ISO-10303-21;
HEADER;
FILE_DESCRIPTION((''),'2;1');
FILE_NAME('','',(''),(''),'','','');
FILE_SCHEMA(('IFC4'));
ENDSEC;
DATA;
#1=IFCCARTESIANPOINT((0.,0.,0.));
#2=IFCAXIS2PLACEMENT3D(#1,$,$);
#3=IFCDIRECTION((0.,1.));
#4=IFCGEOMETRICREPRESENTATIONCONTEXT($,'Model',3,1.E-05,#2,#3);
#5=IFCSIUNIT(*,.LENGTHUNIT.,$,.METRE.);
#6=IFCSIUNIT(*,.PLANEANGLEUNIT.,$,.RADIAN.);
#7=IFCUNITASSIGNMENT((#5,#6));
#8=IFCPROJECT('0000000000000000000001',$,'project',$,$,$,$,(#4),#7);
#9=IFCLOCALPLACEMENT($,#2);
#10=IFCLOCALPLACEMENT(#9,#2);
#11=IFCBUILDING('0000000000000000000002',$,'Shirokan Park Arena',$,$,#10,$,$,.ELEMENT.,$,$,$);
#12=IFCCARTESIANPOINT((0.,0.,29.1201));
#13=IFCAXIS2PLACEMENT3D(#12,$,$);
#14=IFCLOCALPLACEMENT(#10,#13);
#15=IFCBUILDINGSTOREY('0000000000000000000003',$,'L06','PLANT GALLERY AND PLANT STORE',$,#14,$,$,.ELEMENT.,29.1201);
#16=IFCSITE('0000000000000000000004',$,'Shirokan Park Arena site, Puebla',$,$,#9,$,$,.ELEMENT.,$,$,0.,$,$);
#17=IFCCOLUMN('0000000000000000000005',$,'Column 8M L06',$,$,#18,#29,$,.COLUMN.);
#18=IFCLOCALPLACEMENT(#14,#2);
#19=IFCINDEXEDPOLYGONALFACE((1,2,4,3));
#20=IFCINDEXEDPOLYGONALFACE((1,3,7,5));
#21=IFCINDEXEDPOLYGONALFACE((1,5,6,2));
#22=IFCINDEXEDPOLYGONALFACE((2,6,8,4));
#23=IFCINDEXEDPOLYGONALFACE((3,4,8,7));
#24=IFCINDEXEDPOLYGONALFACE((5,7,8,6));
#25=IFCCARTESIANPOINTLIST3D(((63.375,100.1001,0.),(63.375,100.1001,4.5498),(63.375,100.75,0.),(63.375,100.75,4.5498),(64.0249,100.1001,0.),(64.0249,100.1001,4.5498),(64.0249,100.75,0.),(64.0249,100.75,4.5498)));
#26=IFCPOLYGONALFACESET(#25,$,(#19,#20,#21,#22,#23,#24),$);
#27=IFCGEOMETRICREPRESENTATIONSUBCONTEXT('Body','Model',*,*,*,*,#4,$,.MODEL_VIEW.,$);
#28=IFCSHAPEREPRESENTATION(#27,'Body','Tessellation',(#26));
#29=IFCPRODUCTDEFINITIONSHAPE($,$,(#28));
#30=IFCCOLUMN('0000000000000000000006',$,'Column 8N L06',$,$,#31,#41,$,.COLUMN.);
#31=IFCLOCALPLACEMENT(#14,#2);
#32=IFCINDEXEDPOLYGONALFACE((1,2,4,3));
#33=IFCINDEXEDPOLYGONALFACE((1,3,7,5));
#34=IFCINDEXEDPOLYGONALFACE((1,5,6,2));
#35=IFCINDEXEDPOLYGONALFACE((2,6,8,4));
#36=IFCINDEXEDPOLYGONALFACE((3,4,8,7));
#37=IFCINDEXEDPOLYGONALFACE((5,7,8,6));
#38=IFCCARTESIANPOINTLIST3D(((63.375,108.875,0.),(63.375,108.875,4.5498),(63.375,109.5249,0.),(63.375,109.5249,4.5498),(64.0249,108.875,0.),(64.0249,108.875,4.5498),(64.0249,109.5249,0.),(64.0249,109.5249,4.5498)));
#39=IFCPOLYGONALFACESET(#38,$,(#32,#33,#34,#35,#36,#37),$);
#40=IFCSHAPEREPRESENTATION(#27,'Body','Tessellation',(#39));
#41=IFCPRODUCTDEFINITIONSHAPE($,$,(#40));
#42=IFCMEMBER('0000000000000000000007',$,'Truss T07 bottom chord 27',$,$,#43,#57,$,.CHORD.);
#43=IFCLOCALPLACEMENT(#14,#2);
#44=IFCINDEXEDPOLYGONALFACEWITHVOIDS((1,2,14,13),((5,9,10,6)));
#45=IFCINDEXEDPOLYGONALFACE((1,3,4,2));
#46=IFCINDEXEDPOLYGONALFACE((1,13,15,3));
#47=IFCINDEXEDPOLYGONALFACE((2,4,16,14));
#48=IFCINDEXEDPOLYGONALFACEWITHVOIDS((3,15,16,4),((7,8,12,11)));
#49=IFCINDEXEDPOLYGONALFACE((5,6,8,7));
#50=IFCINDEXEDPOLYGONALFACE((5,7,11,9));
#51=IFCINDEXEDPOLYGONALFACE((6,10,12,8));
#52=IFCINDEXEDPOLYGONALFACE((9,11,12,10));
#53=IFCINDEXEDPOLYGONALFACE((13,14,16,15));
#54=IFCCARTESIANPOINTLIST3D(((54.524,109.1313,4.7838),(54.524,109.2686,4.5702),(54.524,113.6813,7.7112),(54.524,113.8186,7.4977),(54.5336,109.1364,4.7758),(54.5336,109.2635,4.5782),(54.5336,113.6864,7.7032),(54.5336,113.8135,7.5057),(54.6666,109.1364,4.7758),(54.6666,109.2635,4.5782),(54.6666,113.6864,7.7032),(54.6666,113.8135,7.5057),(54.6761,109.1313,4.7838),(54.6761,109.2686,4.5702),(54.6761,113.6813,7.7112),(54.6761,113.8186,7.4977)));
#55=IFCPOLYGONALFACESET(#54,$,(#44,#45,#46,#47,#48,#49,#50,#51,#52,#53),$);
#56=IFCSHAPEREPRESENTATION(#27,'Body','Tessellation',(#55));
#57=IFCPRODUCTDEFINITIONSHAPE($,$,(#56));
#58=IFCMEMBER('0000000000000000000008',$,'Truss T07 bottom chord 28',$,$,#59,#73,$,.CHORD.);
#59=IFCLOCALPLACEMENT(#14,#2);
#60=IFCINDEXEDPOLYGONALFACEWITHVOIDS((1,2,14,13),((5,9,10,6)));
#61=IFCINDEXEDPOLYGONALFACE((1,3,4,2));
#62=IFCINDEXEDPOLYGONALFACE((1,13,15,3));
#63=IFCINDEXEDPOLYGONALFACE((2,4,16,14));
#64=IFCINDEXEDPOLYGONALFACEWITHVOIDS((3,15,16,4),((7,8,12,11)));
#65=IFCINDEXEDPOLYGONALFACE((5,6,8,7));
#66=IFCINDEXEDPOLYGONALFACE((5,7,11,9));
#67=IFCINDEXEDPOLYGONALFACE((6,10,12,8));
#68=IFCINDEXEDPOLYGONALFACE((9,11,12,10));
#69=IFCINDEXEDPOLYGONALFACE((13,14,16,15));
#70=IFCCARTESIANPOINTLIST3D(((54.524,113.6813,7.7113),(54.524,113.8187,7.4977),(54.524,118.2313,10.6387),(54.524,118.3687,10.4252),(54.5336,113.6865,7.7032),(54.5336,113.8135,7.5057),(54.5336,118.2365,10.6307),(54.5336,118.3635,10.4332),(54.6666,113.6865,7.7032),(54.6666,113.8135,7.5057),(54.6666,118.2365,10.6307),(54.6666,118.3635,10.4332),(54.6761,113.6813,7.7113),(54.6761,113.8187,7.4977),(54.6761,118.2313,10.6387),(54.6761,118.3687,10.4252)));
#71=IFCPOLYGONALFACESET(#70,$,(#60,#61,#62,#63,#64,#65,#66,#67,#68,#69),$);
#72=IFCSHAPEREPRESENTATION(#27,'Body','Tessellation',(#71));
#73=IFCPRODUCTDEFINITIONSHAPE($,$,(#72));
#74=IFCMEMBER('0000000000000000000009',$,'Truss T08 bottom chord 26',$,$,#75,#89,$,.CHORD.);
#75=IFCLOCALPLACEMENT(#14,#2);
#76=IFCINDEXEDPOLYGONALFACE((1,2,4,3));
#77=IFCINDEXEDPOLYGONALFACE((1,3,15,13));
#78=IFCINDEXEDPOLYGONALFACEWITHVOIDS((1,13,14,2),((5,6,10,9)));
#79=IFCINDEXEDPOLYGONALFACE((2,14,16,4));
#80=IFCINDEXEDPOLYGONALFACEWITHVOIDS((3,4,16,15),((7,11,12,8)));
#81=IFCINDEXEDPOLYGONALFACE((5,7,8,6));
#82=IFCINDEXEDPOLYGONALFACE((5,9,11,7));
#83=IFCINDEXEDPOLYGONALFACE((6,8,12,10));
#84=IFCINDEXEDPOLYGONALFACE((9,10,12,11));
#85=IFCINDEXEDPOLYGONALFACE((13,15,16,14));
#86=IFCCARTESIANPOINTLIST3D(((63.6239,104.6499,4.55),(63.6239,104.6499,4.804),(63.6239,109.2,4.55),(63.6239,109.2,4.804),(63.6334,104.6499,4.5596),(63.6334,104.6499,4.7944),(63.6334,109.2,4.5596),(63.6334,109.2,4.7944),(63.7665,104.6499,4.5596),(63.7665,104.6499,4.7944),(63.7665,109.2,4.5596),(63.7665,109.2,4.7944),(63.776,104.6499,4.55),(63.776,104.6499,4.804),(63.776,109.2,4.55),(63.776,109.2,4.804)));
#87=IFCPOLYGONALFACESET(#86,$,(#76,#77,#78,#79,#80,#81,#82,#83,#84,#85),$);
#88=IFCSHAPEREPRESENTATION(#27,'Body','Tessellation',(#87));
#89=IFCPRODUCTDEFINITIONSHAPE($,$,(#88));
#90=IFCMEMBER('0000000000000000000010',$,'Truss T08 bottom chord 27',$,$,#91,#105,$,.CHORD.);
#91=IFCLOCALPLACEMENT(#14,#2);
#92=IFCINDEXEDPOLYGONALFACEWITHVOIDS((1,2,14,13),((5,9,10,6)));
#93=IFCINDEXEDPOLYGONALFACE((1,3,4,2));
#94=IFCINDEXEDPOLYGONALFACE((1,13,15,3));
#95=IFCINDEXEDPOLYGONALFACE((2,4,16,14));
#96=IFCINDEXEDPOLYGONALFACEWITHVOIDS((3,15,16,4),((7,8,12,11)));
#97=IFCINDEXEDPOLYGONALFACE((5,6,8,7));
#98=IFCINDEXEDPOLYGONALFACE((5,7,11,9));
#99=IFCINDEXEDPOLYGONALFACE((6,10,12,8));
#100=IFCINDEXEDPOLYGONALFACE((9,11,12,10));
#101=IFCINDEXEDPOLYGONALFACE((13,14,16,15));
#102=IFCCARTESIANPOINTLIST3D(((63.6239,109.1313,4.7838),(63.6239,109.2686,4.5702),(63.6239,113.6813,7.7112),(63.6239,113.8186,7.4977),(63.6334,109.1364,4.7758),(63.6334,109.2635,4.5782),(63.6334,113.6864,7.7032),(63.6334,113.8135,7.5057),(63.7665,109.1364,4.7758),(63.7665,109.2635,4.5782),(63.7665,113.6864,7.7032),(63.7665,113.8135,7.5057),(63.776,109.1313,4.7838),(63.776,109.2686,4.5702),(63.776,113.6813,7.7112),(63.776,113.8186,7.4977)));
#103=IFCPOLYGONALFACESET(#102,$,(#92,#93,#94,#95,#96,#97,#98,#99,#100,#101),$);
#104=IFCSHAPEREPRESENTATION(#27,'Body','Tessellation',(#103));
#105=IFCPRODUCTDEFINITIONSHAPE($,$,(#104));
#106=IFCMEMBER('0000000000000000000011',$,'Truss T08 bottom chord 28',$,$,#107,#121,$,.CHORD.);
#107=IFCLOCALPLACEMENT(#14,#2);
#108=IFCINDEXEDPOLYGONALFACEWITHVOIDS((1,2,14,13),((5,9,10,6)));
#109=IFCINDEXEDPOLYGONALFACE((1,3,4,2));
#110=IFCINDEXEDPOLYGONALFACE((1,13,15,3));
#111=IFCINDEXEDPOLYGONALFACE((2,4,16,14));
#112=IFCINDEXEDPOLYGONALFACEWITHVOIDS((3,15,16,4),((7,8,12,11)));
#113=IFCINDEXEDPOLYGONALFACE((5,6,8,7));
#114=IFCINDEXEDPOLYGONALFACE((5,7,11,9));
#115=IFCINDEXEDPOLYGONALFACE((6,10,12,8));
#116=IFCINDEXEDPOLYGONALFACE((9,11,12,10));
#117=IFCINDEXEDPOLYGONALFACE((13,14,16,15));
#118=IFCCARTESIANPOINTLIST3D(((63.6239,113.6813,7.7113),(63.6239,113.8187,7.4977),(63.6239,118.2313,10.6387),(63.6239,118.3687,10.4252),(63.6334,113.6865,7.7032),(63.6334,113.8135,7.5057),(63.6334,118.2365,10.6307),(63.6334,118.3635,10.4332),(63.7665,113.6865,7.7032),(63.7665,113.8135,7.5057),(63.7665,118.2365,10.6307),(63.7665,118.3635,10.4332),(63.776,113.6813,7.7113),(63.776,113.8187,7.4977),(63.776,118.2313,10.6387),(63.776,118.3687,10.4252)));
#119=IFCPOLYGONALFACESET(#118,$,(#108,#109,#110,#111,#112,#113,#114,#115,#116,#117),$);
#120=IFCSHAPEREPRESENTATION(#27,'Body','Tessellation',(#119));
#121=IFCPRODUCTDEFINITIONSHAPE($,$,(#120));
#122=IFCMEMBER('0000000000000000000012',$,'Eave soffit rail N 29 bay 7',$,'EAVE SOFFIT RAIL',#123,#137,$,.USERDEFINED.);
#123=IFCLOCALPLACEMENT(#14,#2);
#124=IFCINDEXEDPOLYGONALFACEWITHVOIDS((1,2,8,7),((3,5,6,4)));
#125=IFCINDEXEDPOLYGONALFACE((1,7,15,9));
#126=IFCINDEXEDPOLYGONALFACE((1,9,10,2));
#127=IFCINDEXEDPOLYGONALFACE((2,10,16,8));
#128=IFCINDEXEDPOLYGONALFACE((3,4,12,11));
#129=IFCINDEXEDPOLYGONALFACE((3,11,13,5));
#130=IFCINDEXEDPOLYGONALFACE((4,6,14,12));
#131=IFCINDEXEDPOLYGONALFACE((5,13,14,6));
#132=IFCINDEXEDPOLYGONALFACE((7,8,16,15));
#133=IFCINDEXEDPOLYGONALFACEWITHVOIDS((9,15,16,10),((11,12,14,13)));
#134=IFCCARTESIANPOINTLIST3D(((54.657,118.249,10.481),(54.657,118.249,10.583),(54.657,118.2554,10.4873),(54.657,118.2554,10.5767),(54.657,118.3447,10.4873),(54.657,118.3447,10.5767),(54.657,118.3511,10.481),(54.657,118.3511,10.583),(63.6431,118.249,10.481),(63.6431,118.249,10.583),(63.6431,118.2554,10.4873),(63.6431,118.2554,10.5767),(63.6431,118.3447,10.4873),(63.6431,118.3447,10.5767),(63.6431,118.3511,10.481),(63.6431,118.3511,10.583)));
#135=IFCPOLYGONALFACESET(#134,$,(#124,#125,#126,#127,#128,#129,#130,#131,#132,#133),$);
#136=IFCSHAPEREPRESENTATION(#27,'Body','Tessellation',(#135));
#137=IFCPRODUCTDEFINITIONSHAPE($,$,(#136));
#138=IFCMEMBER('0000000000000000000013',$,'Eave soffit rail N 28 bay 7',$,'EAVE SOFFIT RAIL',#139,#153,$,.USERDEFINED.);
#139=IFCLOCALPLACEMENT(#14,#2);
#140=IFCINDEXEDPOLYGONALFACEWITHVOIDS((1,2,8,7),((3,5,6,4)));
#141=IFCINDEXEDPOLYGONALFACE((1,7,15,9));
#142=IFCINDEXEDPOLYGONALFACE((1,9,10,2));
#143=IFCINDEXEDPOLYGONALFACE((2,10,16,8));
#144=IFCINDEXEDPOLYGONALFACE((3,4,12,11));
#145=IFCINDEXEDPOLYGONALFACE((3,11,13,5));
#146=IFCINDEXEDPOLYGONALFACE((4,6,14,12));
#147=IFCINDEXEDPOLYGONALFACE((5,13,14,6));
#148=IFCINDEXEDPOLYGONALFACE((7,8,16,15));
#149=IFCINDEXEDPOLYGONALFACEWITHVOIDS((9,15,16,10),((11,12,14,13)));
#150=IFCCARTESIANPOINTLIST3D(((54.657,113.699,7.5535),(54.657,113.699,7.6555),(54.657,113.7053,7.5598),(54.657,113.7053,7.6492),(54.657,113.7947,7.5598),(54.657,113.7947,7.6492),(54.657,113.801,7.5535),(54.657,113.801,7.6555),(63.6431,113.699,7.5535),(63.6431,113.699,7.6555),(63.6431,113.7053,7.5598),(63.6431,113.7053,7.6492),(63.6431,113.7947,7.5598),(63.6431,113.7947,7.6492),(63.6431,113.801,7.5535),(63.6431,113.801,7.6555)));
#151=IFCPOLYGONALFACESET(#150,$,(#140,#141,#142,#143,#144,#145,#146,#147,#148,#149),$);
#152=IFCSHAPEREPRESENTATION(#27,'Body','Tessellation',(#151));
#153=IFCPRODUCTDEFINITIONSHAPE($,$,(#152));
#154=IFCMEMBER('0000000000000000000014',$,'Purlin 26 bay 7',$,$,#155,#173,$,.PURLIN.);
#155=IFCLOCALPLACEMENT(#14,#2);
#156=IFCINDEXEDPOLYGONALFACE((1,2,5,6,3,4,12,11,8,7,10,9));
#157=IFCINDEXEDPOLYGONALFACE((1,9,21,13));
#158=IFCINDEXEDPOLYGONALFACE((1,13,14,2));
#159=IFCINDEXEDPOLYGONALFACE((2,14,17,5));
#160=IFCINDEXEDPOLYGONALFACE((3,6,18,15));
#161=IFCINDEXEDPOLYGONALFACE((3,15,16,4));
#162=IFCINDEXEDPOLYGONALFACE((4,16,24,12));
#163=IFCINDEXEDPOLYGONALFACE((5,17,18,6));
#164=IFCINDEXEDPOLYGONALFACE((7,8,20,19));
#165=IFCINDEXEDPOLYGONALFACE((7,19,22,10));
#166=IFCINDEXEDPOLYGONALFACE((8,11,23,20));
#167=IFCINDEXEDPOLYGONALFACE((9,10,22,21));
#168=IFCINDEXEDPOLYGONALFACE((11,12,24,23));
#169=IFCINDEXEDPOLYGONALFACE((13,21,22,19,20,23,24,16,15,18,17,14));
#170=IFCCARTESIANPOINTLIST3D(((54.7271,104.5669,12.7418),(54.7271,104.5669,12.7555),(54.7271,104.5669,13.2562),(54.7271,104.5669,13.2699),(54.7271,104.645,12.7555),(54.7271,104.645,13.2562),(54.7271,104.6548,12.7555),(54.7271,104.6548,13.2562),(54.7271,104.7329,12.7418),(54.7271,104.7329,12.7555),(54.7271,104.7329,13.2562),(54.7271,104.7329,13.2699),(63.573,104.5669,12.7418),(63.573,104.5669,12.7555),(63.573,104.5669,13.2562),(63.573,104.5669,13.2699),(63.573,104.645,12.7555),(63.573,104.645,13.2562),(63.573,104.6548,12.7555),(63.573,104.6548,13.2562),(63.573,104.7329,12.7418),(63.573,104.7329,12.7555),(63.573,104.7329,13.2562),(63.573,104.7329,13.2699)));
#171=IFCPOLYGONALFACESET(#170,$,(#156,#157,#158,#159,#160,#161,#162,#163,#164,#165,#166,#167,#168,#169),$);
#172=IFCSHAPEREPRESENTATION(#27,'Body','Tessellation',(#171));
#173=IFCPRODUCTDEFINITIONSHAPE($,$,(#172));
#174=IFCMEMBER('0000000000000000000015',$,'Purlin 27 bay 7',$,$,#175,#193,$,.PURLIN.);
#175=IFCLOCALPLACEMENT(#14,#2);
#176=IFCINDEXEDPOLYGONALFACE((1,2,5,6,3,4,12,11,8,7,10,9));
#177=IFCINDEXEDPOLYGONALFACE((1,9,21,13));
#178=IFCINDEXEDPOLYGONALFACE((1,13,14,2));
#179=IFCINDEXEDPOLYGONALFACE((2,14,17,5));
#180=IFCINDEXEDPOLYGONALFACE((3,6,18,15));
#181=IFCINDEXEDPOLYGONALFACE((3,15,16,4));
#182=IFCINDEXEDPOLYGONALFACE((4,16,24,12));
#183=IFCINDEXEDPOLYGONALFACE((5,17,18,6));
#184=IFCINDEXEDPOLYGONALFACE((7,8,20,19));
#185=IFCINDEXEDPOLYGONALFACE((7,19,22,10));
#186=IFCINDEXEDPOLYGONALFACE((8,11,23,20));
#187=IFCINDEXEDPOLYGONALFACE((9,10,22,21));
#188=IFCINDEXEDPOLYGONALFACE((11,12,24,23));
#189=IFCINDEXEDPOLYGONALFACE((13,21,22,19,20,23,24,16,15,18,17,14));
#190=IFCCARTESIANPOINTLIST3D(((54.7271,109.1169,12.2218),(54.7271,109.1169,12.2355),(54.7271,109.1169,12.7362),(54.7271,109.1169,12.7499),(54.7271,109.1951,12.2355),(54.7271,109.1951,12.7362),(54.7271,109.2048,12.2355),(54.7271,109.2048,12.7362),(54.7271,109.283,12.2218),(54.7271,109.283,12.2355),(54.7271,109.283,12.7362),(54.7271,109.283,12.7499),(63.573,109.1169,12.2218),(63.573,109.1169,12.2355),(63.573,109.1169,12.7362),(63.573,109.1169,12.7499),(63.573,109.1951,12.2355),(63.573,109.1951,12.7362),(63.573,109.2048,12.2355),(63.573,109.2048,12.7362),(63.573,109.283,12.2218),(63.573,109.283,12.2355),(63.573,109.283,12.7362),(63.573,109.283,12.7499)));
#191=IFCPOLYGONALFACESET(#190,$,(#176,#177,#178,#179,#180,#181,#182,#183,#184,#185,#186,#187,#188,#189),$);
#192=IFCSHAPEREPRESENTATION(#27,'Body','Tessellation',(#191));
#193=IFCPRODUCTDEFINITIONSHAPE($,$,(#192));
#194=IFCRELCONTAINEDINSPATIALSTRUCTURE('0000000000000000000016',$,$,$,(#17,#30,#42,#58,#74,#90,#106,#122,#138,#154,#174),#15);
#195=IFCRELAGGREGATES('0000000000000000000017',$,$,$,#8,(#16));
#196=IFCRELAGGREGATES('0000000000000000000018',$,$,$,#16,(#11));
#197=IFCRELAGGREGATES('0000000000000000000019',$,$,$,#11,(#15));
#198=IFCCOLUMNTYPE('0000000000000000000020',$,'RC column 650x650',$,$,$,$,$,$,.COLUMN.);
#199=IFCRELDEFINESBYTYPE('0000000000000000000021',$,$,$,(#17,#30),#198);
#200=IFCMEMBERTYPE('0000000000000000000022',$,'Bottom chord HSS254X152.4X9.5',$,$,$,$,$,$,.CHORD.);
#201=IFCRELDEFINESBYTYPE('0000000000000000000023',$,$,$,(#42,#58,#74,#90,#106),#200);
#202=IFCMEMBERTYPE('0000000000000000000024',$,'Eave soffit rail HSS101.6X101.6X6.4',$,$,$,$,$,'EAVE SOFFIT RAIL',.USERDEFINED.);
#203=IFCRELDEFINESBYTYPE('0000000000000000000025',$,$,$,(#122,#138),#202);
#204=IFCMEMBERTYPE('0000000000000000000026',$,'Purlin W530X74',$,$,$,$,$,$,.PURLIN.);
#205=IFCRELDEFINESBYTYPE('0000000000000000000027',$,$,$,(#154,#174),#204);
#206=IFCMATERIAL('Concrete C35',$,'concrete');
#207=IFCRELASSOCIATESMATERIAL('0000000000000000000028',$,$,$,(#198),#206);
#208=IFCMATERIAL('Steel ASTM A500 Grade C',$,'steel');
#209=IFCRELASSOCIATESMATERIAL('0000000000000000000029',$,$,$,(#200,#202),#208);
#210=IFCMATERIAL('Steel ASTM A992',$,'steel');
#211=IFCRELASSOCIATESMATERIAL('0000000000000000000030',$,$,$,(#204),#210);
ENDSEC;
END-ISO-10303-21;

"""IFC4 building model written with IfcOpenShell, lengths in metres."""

from ifc_helpers import new_model, si_unit, direction, frame, origin, origin_2d, place, context, subcontext, project, spatial, rectangle, hollow_rectangle, i_section, extrude, material, material_profile, profile_set, type_object, element, save


model = new_model("IFC4")

# Units and contexts
model_context = context("Model", 3, precision=1e-05, world=origin(), true_north=direction((0.0, 1.0)))
body_context = subcontext(model_context, "Body", "Model", "MODEL_VIEW")
ifc_project = project(units=[si_unit("LENGTHUNIT", "METRE"), si_unit("PLANEANGLEUNIT", "RADIAN")], contexts=[model_context])

# Site, building, storey
site_placement = place(None, origin())
site = spatial("IfcSite", under=ifc_project, at=site_placement, Name="Shirokan Park Arena site, Puebla", CompositionType="ELEMENT", RefElevation=0.0)
building_placement = place(site_placement, origin())
building = spatial("IfcBuilding", under=site, at=building_placement, Name="Shirokan Park Arena", CompositionType="ELEMENT")
storey_placement = place(building_placement, frame((0.0, 0.0, 29.1201)))
storey = spatial("IfcBuildingStorey", under=building, at=storey_placement, Name="L06", Description="PLANT GALLERY AND PLANT STORE", CompositionType="ELEMENT", Elevation=29.1201)

# Columns
ifc_material_1 = material(Name="Concrete C35", Category="concrete")
ifc_material_profile_1 = material_profile(ifc_material_1, rectangle(XDim=0.6499, YDim=0.6499, at=origin_2d()), Name="650x650")
ifc_profile_set_1 = profile_set([ifc_material_profile_1], Name="Concrete C35")
column_type = type_object("IfcColumnType", Name="RC column 650x650", PredefinedType="COLUMN", material=ifc_profile_set_1)
for number, where, z_axis, x_axis, name in (
    (1, (63.7, 100.425, 0.0), (0.0, 0.0, 1.0), (1.0, 0.0, 0.0), "Column 8M L06"),
    (2, (63.7, 109.2, 0.0), (0.0, 0.0, 1.0), (1.0, 0.0, 0.0), "Column 8N L06"),
):
    element("IfcColumn", number, at=place(storey_placement, frame(where, z_axis=z_axis, x_axis=x_axis)), inside=storey, type_object=column_type, Name=name, PredefinedType="COLUMN", context=body_context, shape_type="SweptSolid", body=[
        extrude(rectangle(XDim=0.6499, YDim=0.6499, at=origin_2d()), origin(), (0.0, 0.0, 1.0), 4.5498),
    ])

# Members
ifc_material_2 = material(Name="Steel ASTM A500 Grade C", Category="steel")
ifc_material_profile_2 = material_profile(ifc_material_2, hollow_rectangle(XDim=0.1521, YDim=0.2539, WallThickness=0.0095, at=origin_2d()), Name="HSS254X152.4X9.5")
ifc_profile_set_2 = profile_set([ifc_material_profile_2], Name="Steel ASTM A500 Grade C")
member_type_1 = type_object("IfcMemberType", Name="Bottom chord HSS254X152.4X9.5", PredefinedType="CHORD", material=ifc_profile_set_2)
for number, where, z_axis, x_axis, name in (
    (3, (54.6001, 109.2, 4.677), (0.0, 0.840972, 0.541079), (-1.0, 0.0, 0.0), "Truss T07 bottom chord 27"),
    (4, (54.6001, 113.75, 7.6045), (0.0, 0.840972, 0.541079), (-1.0, 0.0, 0.0), "Truss T07 bottom chord 28"),
):
    element("IfcMember", number, at=place(storey_placement, frame(where, z_axis=z_axis, x_axis=x_axis)), inside=storey, type_object=member_type_1, Name=name, PredefinedType="CHORD", context=body_context, shape_type="SweptSolid", body=[
        extrude(hollow_rectangle(XDim=0.1521, YDim=0.2539, WallThickness=0.0095, at=origin_2d()), origin(), (0.0, 0.0, 1.0), 5.4104),
    ])
member_1_placement = place(storey_placement, frame((63.7, 104.6499, 4.677), z_axis=(0.0, 1.0, 0.0), x_axis=(-1.0, 0.0, 0.0)))
element("IfcMember", 5, at=member_1_placement, inside=storey, type_object=member_type_1, Name="Truss T08 bottom chord 26", PredefinedType="CHORD", context=body_context, shape_type="SweptSolid", body=[
    extrude(hollow_rectangle(XDim=0.1521, YDim=0.2539, WallThickness=0.0095, at=origin_2d()), origin(), (0.0, 0.0, 1.0), 4.55),
])
for number, where, z_axis, x_axis, name in (
    (6, (63.7, 109.2, 4.677), (0.0, 0.840972, 0.541079), (-1.0, 0.0, 0.0), "Truss T08 bottom chord 27"),
    (7, (63.7, 113.75, 7.6045), (0.0, 0.840972, 0.541079), (-1.0, 0.0, 0.0), "Truss T08 bottom chord 28"),
):
    element("IfcMember", number, at=place(storey_placement, frame(where, z_axis=z_axis, x_axis=x_axis)), inside=storey, type_object=member_type_1, Name=name, PredefinedType="CHORD", context=body_context, shape_type="SweptSolid", body=[
        extrude(hollow_rectangle(XDim=0.1521, YDim=0.2539, WallThickness=0.0095, at=origin_2d()), origin(), (0.0, 0.0, 1.0), 5.4104),
    ])
ifc_material_profile_3 = material_profile(ifc_material_2, hollow_rectangle(XDim=0.1021, YDim=0.1021, WallThickness=0.0063, at=origin_2d()), Name="HSS101.6X101.6X6.4")
ifc_profile_set_3 = profile_set([ifc_material_profile_3], Name="Steel ASTM A500 Grade C")
member_type_2 = type_object("IfcMemberType", Name="Eave soffit rail HSS101.6X101.6X6.4", ElementType="EAVE SOFFIT RAIL", PredefinedType="USERDEFINED", material=ifc_profile_set_3)
for number, where, z_axis, x_axis, name in (
    (8, (54.657, 118.3, 10.532), (1.0, 0.0, 0.0), (0.0, 1.0, 0.0), "Eave soffit rail N 29 bay 7"),
    (9, (54.657, 113.75, 7.6045), (1.0, 0.0, 0.0), (0.0, 1.0, 0.0), "Eave soffit rail N 28 bay 7"),
):
    element("IfcMember", number, at=place(storey_placement, frame(where, z_axis=z_axis, x_axis=x_axis)), inside=storey, type_object=member_type_2, Name=name, ObjectType="EAVE SOFFIT RAIL", PredefinedType="USERDEFINED", context=body_context, shape_type="SweptSolid", body=[
        extrude(hollow_rectangle(XDim=0.1021, YDim=0.1021, WallThickness=0.0063, at=origin_2d()), origin(), (0.0, 0.0, 1.0), 8.9861),
    ])
ifc_material_3 = material(Name="Steel ASTM A992", Category="steel")
ifc_material_profile_4 = material_profile(ifc_material_3, i_section(OverallWidth=0.166, OverallDepth=0.5281, WebThickness=0.0098, FlangeThickness=0.0137, at=origin_2d()), Name="W530X74")
ifc_profile_set_4 = profile_set([ifc_material_profile_4], Name="Steel ASTM A992")
member_type_3 = type_object("IfcMemberType", Name="Purlin W530X74", PredefinedType="PURLIN", material=ifc_profile_set_4)
for number, where, z_axis, x_axis, name in (
    (10, (54.7271, 104.6499, 13.0059), (1.0, 0.0, 0.0), (0.0, 1.0, 0.0), "Purlin 26 bay 7"),
    (11, (54.7271, 109.2, 12.4858), (1.0, 0.0, 0.0), (0.0, 1.0, 0.0), "Purlin 27 bay 7"),
):
    element("IfcMember", number, at=place(storey_placement, frame(where, z_axis=z_axis, x_axis=x_axis)), inside=storey, type_object=member_type_3, Name=name, PredefinedType="PURLIN", context=body_context, shape_type="SweptSolid", body=[
        extrude(i_section(OverallWidth=0.166, OverallDepth=0.5281, WebThickness=0.0098, FlangeThickness=0.0137, at=origin_2d()), origin(), (0.0, 0.0, 1.0), 8.8459),
    ])

save(model, "model.ifc")
